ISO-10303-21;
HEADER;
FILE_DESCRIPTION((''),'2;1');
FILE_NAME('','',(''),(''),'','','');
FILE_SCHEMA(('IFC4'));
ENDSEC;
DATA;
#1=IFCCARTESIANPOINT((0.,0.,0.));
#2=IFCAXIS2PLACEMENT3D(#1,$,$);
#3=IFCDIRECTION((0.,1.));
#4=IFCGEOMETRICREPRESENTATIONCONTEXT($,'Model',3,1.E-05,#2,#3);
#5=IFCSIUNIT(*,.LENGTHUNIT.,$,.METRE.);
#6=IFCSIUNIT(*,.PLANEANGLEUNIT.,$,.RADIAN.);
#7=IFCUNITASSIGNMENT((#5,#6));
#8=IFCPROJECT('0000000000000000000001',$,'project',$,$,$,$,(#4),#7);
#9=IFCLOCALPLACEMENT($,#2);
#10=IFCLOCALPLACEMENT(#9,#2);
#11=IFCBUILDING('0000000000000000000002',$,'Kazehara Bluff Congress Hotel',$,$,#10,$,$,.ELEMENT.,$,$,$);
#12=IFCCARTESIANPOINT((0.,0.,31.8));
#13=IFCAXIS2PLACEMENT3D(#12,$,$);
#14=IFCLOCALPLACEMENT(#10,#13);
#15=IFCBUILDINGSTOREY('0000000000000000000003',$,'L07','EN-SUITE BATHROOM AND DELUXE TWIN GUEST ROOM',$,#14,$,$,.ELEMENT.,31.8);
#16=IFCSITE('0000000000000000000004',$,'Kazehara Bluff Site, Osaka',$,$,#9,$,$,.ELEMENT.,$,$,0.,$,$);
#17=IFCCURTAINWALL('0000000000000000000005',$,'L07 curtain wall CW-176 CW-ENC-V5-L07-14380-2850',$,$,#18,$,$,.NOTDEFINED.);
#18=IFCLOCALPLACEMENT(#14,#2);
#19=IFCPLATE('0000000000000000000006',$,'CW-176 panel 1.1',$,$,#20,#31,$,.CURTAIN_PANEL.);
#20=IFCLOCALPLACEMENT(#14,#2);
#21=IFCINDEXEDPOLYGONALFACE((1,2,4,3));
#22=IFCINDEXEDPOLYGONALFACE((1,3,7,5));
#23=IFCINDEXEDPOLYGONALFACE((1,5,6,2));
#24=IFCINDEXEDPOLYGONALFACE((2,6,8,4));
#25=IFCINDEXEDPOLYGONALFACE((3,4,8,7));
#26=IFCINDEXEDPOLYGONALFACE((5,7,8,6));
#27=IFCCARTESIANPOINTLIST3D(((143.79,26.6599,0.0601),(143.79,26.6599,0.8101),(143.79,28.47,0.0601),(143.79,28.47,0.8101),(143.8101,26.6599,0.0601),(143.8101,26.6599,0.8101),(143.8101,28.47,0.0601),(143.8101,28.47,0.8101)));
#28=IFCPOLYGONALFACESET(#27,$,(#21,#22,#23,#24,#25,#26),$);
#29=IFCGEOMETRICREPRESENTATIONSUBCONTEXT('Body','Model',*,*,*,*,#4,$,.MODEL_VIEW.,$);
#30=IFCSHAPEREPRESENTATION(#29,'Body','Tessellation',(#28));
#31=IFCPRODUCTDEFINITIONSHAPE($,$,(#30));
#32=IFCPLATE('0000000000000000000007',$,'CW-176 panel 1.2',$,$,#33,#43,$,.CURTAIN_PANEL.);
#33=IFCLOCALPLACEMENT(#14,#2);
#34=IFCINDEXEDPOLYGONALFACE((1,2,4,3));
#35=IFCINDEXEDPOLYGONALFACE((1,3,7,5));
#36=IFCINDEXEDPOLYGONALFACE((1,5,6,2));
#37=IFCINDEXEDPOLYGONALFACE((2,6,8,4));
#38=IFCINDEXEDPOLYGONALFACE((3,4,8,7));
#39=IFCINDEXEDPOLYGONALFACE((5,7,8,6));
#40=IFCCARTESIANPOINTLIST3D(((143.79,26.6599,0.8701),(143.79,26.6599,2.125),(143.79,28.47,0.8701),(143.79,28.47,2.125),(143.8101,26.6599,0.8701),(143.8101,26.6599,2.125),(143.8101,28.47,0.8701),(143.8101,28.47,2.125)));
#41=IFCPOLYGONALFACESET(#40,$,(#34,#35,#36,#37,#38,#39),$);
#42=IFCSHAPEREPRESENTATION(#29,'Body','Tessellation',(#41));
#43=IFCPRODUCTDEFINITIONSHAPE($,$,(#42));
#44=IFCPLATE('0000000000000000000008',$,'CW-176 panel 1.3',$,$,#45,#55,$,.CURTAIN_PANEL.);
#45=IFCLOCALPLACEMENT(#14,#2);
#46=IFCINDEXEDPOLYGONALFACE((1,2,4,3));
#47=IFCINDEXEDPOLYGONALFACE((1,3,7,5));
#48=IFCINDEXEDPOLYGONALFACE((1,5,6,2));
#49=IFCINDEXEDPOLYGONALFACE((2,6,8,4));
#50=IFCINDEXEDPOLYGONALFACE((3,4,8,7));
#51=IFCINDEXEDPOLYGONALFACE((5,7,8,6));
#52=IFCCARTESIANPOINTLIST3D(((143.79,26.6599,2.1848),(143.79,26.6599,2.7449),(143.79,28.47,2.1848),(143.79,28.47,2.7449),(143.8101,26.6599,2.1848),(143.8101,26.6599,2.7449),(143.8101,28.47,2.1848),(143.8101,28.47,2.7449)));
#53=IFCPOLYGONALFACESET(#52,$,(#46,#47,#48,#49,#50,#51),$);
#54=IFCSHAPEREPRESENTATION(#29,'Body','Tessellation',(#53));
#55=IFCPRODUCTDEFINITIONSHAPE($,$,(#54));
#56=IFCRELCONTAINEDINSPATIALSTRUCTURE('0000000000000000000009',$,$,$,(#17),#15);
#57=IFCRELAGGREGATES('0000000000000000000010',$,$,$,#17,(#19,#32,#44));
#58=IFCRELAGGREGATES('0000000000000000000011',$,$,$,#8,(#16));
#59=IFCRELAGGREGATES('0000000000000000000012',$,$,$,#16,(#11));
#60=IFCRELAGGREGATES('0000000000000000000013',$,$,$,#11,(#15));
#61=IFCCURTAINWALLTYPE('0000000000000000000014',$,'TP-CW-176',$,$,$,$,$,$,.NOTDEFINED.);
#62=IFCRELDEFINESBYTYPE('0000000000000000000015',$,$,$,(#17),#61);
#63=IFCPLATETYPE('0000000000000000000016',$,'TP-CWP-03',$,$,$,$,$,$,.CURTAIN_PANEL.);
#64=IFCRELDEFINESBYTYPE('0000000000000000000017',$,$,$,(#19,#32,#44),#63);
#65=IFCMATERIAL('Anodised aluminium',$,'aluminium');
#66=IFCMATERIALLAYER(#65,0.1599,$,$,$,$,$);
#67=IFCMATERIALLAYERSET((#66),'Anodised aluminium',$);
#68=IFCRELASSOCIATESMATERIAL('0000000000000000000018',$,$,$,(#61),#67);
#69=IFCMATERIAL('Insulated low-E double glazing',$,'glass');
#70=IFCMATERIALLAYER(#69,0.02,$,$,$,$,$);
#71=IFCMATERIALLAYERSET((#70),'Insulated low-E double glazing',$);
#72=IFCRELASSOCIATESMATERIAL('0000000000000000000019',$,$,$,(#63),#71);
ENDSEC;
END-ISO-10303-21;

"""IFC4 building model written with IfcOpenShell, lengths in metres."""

from ifc_helpers import new_model, si_unit, direction, frame, origin, origin_2d, place, context, subcontext, project, spatial, rectangle, extrude, material, layer, layer_set, type_object, element, aggregate, save


model = new_model("IFC4")

# Units and contexts
model_context = context("Model", 3, precision=1e-05, world=origin(), true_north=direction((0.0, 1.0)))
body_context = subcontext(model_context, "Body", "Model", "MODEL_VIEW")
ifc_project = project(units=[si_unit("LENGTHUNIT", "METRE"), si_unit("PLANEANGLEUNIT", "RADIAN")], contexts=[model_context])

# Site, building, storey
site_placement = place(None, origin())
site = spatial("IfcSite", under=ifc_project, at=site_placement, Name="Kazehara Bluff Site, Osaka", CompositionType="ELEMENT", RefElevation=0.0)
building_placement = place(site_placement, origin())
building = spatial("IfcBuilding", under=site, at=building_placement, Name="Kazehara Bluff Congress Hotel", CompositionType="ELEMENT")
storey_placement = place(building_placement, frame((0.0, 0.0, 31.8)))
storey = spatial("IfcBuildingStorey", under=building, at=storey_placement, Name="L07", Description="EN-SUITE BATHROOM AND DELUXE TWIN GUEST ROOM", CompositionType="ELEMENT", Elevation=31.8)

# Curtain wall
ifc_material_1 = material(Name="Anodised aluminium", Category="aluminium")
ifc_layer_1 = layer(ifc_material_1, 0.1599)
ifc_layer_set_1 = layer_set([ifc_layer_1], Name="Anodised aluminium")
curtain_wall_type_1 = type_object("IfcCurtainWallType", Name="TP-CW-176", PredefinedType="NOTDEFINED", material=ifc_layer_set_1)
curtain_wall_1_placement = place(storey_placement, origin())
curtain_wall_1 = element("IfcCurtainWall", 1, at=curtain_wall_1_placement, inside=storey, type_object=curtain_wall_type_1, Name="L07 curtain wall CW-176 CW-ENC-V5-L07-14380-2850", PredefinedType="NOTDEFINED")

# Plates
ifc_material_2 = material(Name="Insulated low-E double glazing", Category="glass")
ifc_layer_2 = layer(ifc_material_2, 0.02)
ifc_layer_set_2 = layer_set([ifc_layer_2], Name="Insulated low-E double glazing")
plate_type_1 = type_object("IfcPlateType", Name="TP-CWP-03", PredefinedType="CURTAIN_PANEL", material=ifc_layer_set_2)
plate_1_placement = place(storey_placement, frame((143.8, 27.5649, 0.0601), z_axis=(0.0, 0.0, 1.0), x_axis=(0.0, 1.0, 0.0)))
plate_1 = element("IfcPlate", 2, at=plate_1_placement, type_object=plate_type_1, Name="CW-176 panel 1.1", PredefinedType="CURTAIN_PANEL", context=body_context, shape_type="SweptSolid", body=[
    extrude(rectangle(XDim=1.8101, YDim=0.02, at=origin_2d()), origin(), (0.0, 0.0, 1.0), 0.75),
])
plate_2_placement = place(storey_placement, frame((143.8, 27.5649, 0.8701), z_axis=(0.0, 0.0, 1.0), x_axis=(0.0, 1.0, 0.0)))
plate_2 = element("IfcPlate", 3, at=plate_2_placement, type_object=plate_type_1, Name="CW-176 panel 1.2", PredefinedType="CURTAIN_PANEL", context=body_context, shape_type="SweptSolid", body=[
    extrude(rectangle(XDim=1.8101, YDim=0.02, at=origin_2d()), origin(), (0.0, 0.0, 1.0), 1.2549),
])
plate_3_placement = place(storey_placement, frame((143.8, 27.5649, 2.1848), z_axis=(0.0, 0.0, 1.0), x_axis=(0.0, 1.0, 0.0)))
plate_3 = element("IfcPlate", 4, at=plate_3_placement, type_object=plate_type_1, Name="CW-176 panel 1.3", PredefinedType="CURTAIN_PANEL", context=body_context, shape_type="SweptSolid", body=[
    extrude(rectangle(XDim=1.8101, YDim=0.02, at=origin_2d()), origin(), (0.0, 0.0, 1.0), 0.5601),
])
aggregate(curtain_wall_1, [plate_1, plate_2, plate_3])

save(model, "model.ifc")
